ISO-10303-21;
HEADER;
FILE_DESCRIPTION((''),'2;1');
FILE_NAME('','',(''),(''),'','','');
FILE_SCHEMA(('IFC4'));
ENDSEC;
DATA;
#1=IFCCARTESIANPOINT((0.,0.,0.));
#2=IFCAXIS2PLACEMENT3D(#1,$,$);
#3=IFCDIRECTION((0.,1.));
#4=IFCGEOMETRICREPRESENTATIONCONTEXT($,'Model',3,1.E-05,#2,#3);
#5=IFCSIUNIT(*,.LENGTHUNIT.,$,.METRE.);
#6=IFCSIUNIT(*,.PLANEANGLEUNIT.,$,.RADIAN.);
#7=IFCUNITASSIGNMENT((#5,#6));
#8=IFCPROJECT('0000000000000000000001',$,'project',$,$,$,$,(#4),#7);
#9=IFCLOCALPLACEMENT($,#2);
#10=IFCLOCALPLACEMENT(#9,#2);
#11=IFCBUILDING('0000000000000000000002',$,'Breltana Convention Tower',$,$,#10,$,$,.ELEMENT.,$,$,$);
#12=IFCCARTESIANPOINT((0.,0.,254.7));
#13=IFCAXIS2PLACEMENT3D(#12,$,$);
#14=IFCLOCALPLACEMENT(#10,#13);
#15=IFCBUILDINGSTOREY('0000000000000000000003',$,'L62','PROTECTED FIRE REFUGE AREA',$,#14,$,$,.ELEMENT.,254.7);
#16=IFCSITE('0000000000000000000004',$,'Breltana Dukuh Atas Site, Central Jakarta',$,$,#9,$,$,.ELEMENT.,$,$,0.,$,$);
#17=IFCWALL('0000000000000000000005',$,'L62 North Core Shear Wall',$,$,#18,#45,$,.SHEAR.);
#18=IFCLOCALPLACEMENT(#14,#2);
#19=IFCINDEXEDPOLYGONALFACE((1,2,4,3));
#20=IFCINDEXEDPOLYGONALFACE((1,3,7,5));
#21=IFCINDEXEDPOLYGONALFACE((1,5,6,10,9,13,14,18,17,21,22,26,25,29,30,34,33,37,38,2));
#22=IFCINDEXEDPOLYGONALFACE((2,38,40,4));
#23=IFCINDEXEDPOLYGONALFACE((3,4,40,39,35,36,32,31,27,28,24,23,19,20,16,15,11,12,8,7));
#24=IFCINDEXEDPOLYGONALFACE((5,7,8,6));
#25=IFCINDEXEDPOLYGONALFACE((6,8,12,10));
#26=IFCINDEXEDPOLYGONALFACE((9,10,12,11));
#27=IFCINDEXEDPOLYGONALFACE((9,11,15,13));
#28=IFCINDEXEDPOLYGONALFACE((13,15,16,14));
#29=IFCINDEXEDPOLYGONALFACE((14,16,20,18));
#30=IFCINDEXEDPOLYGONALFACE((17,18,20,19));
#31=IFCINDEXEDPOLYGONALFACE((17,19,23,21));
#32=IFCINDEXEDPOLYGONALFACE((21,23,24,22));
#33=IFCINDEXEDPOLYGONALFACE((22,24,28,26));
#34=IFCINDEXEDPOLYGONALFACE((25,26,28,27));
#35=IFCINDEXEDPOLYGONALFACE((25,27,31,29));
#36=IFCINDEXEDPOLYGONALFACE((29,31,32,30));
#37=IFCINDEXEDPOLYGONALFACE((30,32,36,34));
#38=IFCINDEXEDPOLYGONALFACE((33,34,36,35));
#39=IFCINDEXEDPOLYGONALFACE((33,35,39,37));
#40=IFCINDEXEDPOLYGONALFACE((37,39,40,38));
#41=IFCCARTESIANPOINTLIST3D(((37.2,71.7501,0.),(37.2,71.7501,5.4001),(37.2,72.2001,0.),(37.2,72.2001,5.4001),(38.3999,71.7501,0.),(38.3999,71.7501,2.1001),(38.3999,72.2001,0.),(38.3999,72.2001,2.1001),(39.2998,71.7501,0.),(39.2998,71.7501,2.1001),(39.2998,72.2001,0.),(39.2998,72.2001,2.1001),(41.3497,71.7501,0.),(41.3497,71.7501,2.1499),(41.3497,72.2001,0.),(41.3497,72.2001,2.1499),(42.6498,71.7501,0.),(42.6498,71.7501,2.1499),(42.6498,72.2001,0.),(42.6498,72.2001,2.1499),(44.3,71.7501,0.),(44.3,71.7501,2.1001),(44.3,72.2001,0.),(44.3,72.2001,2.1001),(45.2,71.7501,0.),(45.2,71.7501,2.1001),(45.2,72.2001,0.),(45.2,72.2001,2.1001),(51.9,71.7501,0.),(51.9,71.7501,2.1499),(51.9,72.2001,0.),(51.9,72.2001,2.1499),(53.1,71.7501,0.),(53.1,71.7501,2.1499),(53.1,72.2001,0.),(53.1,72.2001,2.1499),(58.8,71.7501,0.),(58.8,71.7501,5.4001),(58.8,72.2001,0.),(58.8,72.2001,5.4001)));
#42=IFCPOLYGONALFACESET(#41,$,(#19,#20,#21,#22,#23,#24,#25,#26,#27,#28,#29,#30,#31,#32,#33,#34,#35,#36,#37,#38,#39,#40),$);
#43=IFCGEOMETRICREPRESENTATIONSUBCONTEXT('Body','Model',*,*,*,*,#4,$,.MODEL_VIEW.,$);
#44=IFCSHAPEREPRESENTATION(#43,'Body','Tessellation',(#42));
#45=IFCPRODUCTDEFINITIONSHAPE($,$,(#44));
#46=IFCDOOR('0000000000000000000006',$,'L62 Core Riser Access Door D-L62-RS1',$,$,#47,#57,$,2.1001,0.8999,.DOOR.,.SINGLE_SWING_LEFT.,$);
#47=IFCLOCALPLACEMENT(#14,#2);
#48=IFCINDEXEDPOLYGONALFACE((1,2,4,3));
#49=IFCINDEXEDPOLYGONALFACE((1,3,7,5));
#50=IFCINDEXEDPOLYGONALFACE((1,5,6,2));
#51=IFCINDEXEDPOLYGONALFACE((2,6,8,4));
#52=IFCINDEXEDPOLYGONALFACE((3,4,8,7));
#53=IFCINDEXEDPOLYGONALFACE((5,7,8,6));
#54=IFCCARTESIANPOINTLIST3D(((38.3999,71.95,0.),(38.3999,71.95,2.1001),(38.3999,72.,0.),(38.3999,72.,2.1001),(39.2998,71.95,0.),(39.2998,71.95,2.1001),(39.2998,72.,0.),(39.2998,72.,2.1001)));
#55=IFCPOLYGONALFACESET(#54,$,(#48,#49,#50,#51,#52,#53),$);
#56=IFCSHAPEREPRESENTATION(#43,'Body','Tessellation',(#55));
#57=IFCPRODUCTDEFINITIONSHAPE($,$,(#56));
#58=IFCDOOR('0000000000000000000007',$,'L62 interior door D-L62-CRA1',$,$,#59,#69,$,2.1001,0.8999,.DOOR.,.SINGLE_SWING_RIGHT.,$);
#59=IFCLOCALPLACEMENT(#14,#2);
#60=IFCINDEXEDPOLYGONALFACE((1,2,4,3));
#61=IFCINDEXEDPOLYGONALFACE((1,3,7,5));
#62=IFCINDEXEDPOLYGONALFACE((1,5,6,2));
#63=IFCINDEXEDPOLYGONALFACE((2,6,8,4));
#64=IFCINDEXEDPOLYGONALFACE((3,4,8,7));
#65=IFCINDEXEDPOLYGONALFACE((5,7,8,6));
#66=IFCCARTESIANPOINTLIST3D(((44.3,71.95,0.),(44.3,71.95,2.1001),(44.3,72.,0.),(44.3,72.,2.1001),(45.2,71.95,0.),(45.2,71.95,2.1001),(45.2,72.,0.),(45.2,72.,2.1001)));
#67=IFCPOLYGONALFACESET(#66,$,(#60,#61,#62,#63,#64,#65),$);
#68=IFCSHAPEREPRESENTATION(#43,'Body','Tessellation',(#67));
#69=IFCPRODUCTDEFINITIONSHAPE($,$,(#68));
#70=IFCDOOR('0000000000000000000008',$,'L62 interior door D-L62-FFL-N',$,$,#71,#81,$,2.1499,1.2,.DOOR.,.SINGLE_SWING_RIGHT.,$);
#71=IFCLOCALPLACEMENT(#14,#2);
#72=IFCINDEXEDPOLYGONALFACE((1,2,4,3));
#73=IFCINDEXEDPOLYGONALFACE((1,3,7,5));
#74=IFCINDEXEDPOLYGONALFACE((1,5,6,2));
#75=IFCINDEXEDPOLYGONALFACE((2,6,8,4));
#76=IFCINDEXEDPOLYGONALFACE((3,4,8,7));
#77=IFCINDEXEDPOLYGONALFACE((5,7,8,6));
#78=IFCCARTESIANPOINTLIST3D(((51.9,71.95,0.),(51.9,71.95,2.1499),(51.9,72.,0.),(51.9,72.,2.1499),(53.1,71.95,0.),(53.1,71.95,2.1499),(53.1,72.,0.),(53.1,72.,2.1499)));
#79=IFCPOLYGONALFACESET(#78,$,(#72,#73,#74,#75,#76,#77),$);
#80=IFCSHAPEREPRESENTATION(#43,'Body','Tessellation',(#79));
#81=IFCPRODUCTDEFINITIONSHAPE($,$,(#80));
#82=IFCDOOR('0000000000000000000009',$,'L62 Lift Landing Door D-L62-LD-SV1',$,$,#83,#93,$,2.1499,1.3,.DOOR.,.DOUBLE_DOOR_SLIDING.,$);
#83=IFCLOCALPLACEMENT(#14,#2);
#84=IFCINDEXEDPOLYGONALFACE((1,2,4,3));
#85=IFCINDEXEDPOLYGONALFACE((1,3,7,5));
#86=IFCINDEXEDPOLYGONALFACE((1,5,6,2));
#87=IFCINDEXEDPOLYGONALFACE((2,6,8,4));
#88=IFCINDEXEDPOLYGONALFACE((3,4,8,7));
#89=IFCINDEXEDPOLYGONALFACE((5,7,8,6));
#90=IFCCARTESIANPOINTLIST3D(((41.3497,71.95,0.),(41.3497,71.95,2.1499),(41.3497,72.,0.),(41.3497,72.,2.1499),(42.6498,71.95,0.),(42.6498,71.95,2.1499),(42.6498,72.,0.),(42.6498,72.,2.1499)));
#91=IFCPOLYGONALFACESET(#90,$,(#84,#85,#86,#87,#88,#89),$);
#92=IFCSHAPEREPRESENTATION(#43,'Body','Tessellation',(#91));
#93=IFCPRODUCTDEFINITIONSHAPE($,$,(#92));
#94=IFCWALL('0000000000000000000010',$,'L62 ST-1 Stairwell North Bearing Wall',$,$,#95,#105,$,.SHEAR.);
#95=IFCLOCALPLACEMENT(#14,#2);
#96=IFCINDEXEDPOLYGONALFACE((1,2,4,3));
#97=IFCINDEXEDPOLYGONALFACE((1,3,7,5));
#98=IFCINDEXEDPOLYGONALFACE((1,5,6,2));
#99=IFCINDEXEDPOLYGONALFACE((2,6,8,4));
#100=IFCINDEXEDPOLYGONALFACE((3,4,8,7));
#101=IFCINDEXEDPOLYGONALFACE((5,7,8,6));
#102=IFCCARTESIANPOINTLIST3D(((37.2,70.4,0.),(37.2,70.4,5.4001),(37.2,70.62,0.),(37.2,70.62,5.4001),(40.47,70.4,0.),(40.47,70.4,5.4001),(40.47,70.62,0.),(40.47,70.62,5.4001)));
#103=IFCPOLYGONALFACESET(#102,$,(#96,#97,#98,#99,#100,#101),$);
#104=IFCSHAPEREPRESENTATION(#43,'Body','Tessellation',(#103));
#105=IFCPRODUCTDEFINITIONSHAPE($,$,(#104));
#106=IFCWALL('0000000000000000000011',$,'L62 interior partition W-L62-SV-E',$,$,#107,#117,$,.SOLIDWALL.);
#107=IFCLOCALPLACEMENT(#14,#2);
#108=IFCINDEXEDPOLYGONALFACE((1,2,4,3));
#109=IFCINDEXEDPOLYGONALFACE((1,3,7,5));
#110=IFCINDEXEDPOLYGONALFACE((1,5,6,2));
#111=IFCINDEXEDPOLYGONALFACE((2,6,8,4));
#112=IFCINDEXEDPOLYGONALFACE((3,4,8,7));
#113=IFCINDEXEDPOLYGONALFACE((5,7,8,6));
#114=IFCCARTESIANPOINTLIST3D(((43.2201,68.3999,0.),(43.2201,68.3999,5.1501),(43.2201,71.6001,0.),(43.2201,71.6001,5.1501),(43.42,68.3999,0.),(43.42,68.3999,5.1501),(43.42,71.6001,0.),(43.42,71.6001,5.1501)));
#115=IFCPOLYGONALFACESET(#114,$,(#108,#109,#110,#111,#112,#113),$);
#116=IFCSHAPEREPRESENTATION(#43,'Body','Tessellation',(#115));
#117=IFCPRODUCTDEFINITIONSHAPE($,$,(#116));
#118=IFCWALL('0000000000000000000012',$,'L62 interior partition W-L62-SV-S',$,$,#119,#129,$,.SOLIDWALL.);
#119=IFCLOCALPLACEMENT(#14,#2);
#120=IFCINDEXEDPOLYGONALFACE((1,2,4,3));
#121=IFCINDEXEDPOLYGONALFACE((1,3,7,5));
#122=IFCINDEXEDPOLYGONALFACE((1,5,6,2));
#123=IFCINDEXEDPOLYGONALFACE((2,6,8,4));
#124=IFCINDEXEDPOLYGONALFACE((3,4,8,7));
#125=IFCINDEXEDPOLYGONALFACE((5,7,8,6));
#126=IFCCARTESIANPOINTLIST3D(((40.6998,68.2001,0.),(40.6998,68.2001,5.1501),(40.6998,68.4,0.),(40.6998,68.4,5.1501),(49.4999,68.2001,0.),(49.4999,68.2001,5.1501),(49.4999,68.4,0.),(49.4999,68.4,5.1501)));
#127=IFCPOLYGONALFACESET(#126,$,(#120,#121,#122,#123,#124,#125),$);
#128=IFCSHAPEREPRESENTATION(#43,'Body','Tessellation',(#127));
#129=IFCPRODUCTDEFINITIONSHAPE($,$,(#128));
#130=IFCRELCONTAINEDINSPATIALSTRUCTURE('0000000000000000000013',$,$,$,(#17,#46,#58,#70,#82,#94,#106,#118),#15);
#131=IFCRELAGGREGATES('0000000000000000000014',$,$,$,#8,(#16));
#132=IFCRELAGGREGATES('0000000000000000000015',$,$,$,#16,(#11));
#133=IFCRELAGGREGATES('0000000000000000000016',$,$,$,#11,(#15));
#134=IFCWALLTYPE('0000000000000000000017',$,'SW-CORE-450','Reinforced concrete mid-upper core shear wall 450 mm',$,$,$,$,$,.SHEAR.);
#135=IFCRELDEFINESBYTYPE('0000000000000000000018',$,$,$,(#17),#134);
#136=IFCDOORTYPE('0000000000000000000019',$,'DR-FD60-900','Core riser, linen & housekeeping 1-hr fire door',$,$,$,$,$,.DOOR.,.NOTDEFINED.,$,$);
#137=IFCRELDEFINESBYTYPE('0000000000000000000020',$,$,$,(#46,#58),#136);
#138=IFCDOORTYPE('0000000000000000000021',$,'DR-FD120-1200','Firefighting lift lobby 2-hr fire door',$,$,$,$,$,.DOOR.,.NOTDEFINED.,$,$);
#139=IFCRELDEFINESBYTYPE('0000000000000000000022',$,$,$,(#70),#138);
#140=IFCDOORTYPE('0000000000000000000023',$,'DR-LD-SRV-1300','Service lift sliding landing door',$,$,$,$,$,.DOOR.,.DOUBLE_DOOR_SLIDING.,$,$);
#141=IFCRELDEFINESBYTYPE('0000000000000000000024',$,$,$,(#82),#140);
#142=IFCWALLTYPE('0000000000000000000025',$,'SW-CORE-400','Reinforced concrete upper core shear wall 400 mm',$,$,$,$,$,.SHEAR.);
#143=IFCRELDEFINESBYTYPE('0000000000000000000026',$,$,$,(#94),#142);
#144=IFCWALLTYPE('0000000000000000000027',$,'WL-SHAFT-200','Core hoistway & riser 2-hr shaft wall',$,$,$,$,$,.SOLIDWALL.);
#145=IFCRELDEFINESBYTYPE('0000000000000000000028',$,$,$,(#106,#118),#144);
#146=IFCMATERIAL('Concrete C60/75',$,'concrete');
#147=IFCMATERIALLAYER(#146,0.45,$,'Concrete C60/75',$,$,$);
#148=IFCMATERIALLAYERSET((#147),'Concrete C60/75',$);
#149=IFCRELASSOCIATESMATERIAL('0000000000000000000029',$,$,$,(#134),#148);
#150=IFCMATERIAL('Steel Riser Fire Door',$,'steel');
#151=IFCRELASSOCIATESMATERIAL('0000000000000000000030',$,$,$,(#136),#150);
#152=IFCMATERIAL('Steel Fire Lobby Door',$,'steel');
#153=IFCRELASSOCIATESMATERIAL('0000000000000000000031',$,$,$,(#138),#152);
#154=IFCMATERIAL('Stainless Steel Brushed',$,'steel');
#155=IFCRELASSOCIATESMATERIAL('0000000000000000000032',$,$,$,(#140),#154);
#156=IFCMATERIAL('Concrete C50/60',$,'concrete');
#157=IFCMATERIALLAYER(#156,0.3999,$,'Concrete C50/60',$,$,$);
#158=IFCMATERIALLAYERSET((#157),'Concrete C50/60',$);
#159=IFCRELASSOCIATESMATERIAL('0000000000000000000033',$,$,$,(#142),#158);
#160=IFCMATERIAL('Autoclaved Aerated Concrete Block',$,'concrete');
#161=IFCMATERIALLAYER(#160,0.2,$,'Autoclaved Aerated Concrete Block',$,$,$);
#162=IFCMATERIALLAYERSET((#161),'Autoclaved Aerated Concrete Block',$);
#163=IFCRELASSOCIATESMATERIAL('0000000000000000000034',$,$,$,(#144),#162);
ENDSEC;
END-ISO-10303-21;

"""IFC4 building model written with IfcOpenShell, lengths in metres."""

from ifc_helpers import new_model, si_unit, direction, frame, frame_2d, origin, place, context, subcontext, project, spatial, rectangle, extrude, source, transform, mapped, material, layer, layer_set, type_object, type_shapes, element, fill, save


model = new_model("IFC4")

# Units and contexts
model_context = context("Model", 3, precision=1e-05, world=origin(), true_north=direction((0.0, 1.0)))
body_context = subcontext(model_context, "Body", "Model", "MODEL_VIEW")
ifc_project = project(units=[si_unit("LENGTHUNIT", "METRE"), si_unit("PLANEANGLEUNIT", "RADIAN")], contexts=[model_context])

# Site, building, storey
site_placement = place(None, origin())
site = spatial("IfcSite", under=ifc_project, at=site_placement, Name="Breltana Dukuh Atas Site, Central Jakarta", CompositionType="ELEMENT", RefElevation=0.0)
building_placement = place(site_placement, origin())
building = spatial("IfcBuilding", under=site, at=building_placement, Name="Breltana Convention Tower", CompositionType="ELEMENT")
storey_placement = place(building_placement, frame((0.0, 0.0, 254.7)))
storey = spatial("IfcBuildingStorey", under=building, at=storey_placement, Name="L62", Description="PROTECTED FIRE REFUGE AREA", CompositionType="ELEMENT", Elevation=254.7)

# Wall, openings, doors
ifc_material_1 = material(Name="Concrete C60/75", Category="concrete")
ifc_layer_1 = layer(ifc_material_1, 0.45, Name="Concrete C60/75")
ifc_layer_set_1 = layer_set([ifc_layer_1], Name="Concrete C60/75")
wall_type_1 = type_object("IfcWallType", Name="SW-CORE-450", Description="Reinforced concrete mid-upper core shear wall 450 mm", PredefinedType="SHEAR", material=ifc_layer_set_1)
shared_shape_1 = source(origin(), body_context, "Body", "SweptSolid", [
    extrude(rectangle(XDim=21.6001, YDim=0.45, at=frame_2d((10.8, 0.0))), origin(), (0.0, 0.0, 1.0), 5.4001),
])
wall_1_placement = place(storey_placement, frame((37.2, 71.9751, 0.0), z_axis=(0.0, 0.0, 1.0), x_axis=(1.0, 0.0, 0.0)))
wall_1 = element("IfcWall", 1, at=wall_1_placement, inside=storey, type_object=wall_type_1, Name="L62 North Core Shear Wall", PredefinedType="SHEAR", context=body_context, shape_type="MappedRepresentation", body=[
    mapped(shared_shape_1, transform((0.0, 0.0, 0.0), scale=1.0)),
])
opening_1_placement = place(wall_1_placement, frame((1.2, 0.0, 0.0)))
opening_1 = element("IfcOpeningElement", 2, at=opening_1_placement, cuts=wall_1, PredefinedType="OPENING", context=body_context, shape_type="SweptSolid", body=[
    extrude(rectangle(XDim=0.8999, YDim=2.1001, at=frame_2d((0.45, 1.05))), frame((0.0, 0.2349, 0.0), z_axis=(0.0, -1.0, 0.0), x_axis=(1.0, 0.0, 0.0)), (0.0, 0.0, 1.0), 0.47),
])
opening_2_placement = place(wall_1_placement, frame((14.7, 0.0, 0.0)))
opening_2 = element("IfcOpeningElement", 3, at=opening_2_placement, cuts=wall_1, PredefinedType="OPENING", context=body_context, shape_type="SweptSolid", body=[
    extrude(rectangle(XDim=1.2, YDim=2.1499, at=frame_2d((0.6001, 1.075))), frame((0.0, 0.2349, 0.0), z_axis=(0.0, -1.0, 0.0), x_axis=(1.0, 0.0, 0.0)), (0.0, 0.0, 1.0), 0.47),
])
opening_3_placement = place(wall_1_placement, frame((4.1499, 0.0, 0.0)))
opening_3 = element("IfcOpeningElement", 4, at=opening_3_placement, cuts=wall_1, PredefinedType="OPENING", context=body_context, shape_type="SweptSolid", body=[
    extrude(rectangle(XDim=1.3, YDim=2.1499, at=frame_2d((0.6499, 1.075))), frame((0.0, 0.2349, 0.0), z_axis=(0.0, -1.0, 0.0), x_axis=(1.0, 0.0, 0.0)), (0.0, 0.0, 1.0), 0.47),
])
opening_4_placement = place(wall_1_placement, frame((7.1001, 0.0, 0.0)))
opening_4 = element("IfcOpeningElement", 5, at=opening_4_placement, cuts=wall_1, PredefinedType="OPENING", context=body_context, shape_type="SweptSolid", body=[
    extrude(rectangle(XDim=0.8999, YDim=2.1001, at=frame_2d((0.45, 1.05))), frame((0.0, 0.2349, 0.0), z_axis=(0.0, -1.0, 0.0), x_axis=(1.0, 0.0, 0.0)), (0.0, 0.0, 1.0), 0.47),
])
ifc_material_2 = material(Name="Steel Riser Fire Door", Category="steel")
door_type_1 = type_object("IfcDoorType", Name="DR-FD60-900", Description="Core riser, linen & housekeeping 1-hr fire door", OperationType="NOTDEFINED", PredefinedType="DOOR", material=ifc_material_2)
shared_shape_2 = source(origin(), body_context, "Body", "SweptSolid", [
    extrude(rectangle(XDim=0.8999, YDim=2.1001, at=frame_2d((0.45, 1.05))), frame((0.0, 0.0249, 0.0), z_axis=(0.0, -1.0, 0.0), x_axis=(1.0, 0.0, 0.0)), (0.0, 0.0, 1.0), 0.05),
])
type_shapes(door_type_1, [shared_shape_2])
door_1_placement = place(opening_1_placement, origin())
door_1 = element("IfcDoor", 6, at=door_1_placement, inside=storey, type_object=door_type_1, Name="L62 Core Riser Access Door D-L62-RS1", OperationType="SINGLE_SWING_LEFT", OverallHeight=2.1001, OverallWidth=0.8999, PredefinedType="DOOR", context=body_context, shape_type="MappedRepresentation", body=[
    mapped(shared_shape_2, transform((0.0, 0.0, 0.0), scale=1.0)),
])
fill(opening_1, door_1)
door_2_placement = place(opening_4_placement, origin())
door_2 = element("IfcDoor", 7, at=door_2_placement, inside=storey, type_object=door_type_1, Name="L62 interior door D-L62-CRA1", OperationType="SINGLE_SWING_RIGHT", OverallHeight=2.1001, OverallWidth=0.8999, PredefinedType="DOOR", context=body_context, shape_type="MappedRepresentation", body=[
    mapped(shared_shape_2, transform((0.0, 0.0, 0.0), scale=1.0)),
])
fill(opening_4, door_2)
ifc_material_3 = material(Name="Steel Fire Lobby Door", Category="steel")
door_type_2 = type_object("IfcDoorType", Name="DR-FD120-1200", Description="Firefighting lift lobby 2-hr fire door", OperationType="NOTDEFINED", PredefinedType="DOOR", material=ifc_material_3)
shared_shape_3 = source(origin(), body_context, "Body", "SweptSolid", [
    extrude(rectangle(XDim=1.2, YDim=2.1499, at=frame_2d((0.6001, 1.075))), frame((0.0, 0.0249, 0.0), z_axis=(0.0, -1.0, 0.0), x_axis=(1.0, 0.0, 0.0)), (0.0, 0.0, 1.0), 0.05),
])
type_shapes(door_type_2, [shared_shape_3])
door_3_placement = place(opening_2_placement, origin())
door_3 = element("IfcDoor", 8, at=door_3_placement, inside=storey, type_object=door_type_2, Name="L62 interior door D-L62-FFL-N", OperationType="SINGLE_SWING_RIGHT", OverallHeight=2.1499, OverallWidth=1.2, PredefinedType="DOOR", context=body_context, shape_type="MappedRepresentation", body=[
    mapped(shared_shape_3, transform((0.0, 0.0, 0.0), scale=1.0)),
])
fill(opening_2, door_3)
ifc_material_4 = material(Name="Stainless Steel Brushed", Category="steel")
door_type_3 = type_object("IfcDoorType", Name="DR-LD-SRV-1300", Description="Service lift sliding landing door", OperationType="DOUBLE_DOOR_SLIDING", PredefinedType="DOOR", material=ifc_material_4)
shared_shape_4 = source(origin(), body_context, "Body", "SweptSolid", [
    extrude(rectangle(XDim=1.3, YDim=2.1499, at=frame_2d((0.6499, 1.075))), frame((0.0, 0.0249, 0.0), z_axis=(0.0, -1.0, 0.0), x_axis=(1.0, 0.0, 0.0)), (0.0, 0.0, 1.0), 0.05),
])
type_shapes(door_type_3, [shared_shape_4])
door_4_placement = place(opening_3_placement, origin())
door_4 = element("IfcDoor", 9, at=door_4_placement, inside=storey, type_object=door_type_3, Name="L62 Lift Landing Door D-L62-LD-SV1", OperationType="DOUBLE_DOOR_SLIDING", OverallHeight=2.1499, OverallWidth=1.3, PredefinedType="DOOR", context=body_context, shape_type="MappedRepresentation", body=[
    mapped(shared_shape_4, transform((0.0, 0.0, 0.0), scale=1.0)),
])
fill(opening_3, door_4)

# Walls
ifc_material_5 = material(Name="Concrete C50/60", Category="concrete")
ifc_layer_2 = layer(ifc_material_5, 0.3999, Name="Concrete C50/60")
ifc_layer_set_2 = layer_set([ifc_layer_2], Name="Concrete C50/60")
wall_type_2 = type_object("IfcWallType", Name="SW-CORE-400", Description="Reinforced concrete upper core shear wall 400 mm", PredefinedType="SHEAR", material=ifc_layer_set_2)
shared_shape_5 = source(origin(), body_context, "Body", "SweptSolid", [
    extrude(rectangle(XDim=3.27, YDim=0.22, at=frame_2d((1.635, 0.0))), origin(), (0.0, 0.0, 1.0), 5.4001),
])
wall_2_placement = place(storey_placement, frame((37.2, 70.51, 0.0), z_axis=(0.0, 0.0, 1.0), x_axis=(1.0, 0.0, 0.0)))
element("IfcWall", 10, at=wall_2_placement, inside=storey, type_object=wall_type_2, Name="L62 ST-1 Stairwell North Bearing Wall", PredefinedType="SHEAR", context=body_context, shape_type="MappedRepresentation", body=[
    mapped(shared_shape_5, transform((0.0, 0.0, 0.0), scale=1.0)),
])
ifc_material_6 = material(Name="Autoclaved Aerated Concrete Block", Category="concrete")
ifc_layer_3 = layer(ifc_material_6, 0.2, Name="Autoclaved Aerated Concrete Block")
ifc_layer_set_3 = layer_set([ifc_layer_3], Name="Autoclaved Aerated Concrete Block")
wall_type_3 = type_object("IfcWallType", Name="WL-SHAFT-200", Description="Core hoistway & riser 2-hr shaft wall", PredefinedType="SOLIDWALL", material=ifc_layer_set_3)
shared_shape_6 = source(origin(), body_context, "Body", "SweptSolid", [
    extrude(rectangle(XDim=3.2002, YDim=0.2, at=frame_2d((1.6001, 0.0))), origin(), (0.0, 0.0, 1.0), 5.1501),
])
wall_3_placement = place(storey_placement, frame((43.3201, 68.3999, 0.0), z_axis=(0.0, 0.0, 1.0), x_axis=(0.0, 1.0, 0.0)))
element("IfcWall", 11, at=wall_3_placement, inside=storey, type_object=wall_type_3, Name="L62 interior partition W-L62-SV-E", PredefinedType="SOLIDWALL", context=body_context, shape_type="MappedRepresentation", body=[
    mapped(shared_shape_6, transform((0.0, 0.0, 0.0), scale=1.0)),
])
shared_shape_7 = source(origin(), body_context, "Body", "SweptSolid", [
    extrude(rectangle(XDim=8.8, YDim=0.2, at=frame_2d((4.3999, 0.0))), origin(), (0.0, 0.0, 1.0), 5.1501),
])
wall_4_placement = place(storey_placement, frame((40.7, 68.3, 0.0), z_axis=(0.0, 0.0, 1.0), x_axis=(1.0, 0.0, 0.0)))
element("IfcWall", 12, at=wall_4_placement, inside=storey, type_object=wall_type_3, Name="L62 interior partition W-L62-SV-S", PredefinedType="SOLIDWALL", context=body_context, shape_type="MappedRepresentation", body=[
    mapped(shared_shape_7, transform((0.0, 0.0, 0.0), scale=1.0)),
])

save(model, "model.ifc")
